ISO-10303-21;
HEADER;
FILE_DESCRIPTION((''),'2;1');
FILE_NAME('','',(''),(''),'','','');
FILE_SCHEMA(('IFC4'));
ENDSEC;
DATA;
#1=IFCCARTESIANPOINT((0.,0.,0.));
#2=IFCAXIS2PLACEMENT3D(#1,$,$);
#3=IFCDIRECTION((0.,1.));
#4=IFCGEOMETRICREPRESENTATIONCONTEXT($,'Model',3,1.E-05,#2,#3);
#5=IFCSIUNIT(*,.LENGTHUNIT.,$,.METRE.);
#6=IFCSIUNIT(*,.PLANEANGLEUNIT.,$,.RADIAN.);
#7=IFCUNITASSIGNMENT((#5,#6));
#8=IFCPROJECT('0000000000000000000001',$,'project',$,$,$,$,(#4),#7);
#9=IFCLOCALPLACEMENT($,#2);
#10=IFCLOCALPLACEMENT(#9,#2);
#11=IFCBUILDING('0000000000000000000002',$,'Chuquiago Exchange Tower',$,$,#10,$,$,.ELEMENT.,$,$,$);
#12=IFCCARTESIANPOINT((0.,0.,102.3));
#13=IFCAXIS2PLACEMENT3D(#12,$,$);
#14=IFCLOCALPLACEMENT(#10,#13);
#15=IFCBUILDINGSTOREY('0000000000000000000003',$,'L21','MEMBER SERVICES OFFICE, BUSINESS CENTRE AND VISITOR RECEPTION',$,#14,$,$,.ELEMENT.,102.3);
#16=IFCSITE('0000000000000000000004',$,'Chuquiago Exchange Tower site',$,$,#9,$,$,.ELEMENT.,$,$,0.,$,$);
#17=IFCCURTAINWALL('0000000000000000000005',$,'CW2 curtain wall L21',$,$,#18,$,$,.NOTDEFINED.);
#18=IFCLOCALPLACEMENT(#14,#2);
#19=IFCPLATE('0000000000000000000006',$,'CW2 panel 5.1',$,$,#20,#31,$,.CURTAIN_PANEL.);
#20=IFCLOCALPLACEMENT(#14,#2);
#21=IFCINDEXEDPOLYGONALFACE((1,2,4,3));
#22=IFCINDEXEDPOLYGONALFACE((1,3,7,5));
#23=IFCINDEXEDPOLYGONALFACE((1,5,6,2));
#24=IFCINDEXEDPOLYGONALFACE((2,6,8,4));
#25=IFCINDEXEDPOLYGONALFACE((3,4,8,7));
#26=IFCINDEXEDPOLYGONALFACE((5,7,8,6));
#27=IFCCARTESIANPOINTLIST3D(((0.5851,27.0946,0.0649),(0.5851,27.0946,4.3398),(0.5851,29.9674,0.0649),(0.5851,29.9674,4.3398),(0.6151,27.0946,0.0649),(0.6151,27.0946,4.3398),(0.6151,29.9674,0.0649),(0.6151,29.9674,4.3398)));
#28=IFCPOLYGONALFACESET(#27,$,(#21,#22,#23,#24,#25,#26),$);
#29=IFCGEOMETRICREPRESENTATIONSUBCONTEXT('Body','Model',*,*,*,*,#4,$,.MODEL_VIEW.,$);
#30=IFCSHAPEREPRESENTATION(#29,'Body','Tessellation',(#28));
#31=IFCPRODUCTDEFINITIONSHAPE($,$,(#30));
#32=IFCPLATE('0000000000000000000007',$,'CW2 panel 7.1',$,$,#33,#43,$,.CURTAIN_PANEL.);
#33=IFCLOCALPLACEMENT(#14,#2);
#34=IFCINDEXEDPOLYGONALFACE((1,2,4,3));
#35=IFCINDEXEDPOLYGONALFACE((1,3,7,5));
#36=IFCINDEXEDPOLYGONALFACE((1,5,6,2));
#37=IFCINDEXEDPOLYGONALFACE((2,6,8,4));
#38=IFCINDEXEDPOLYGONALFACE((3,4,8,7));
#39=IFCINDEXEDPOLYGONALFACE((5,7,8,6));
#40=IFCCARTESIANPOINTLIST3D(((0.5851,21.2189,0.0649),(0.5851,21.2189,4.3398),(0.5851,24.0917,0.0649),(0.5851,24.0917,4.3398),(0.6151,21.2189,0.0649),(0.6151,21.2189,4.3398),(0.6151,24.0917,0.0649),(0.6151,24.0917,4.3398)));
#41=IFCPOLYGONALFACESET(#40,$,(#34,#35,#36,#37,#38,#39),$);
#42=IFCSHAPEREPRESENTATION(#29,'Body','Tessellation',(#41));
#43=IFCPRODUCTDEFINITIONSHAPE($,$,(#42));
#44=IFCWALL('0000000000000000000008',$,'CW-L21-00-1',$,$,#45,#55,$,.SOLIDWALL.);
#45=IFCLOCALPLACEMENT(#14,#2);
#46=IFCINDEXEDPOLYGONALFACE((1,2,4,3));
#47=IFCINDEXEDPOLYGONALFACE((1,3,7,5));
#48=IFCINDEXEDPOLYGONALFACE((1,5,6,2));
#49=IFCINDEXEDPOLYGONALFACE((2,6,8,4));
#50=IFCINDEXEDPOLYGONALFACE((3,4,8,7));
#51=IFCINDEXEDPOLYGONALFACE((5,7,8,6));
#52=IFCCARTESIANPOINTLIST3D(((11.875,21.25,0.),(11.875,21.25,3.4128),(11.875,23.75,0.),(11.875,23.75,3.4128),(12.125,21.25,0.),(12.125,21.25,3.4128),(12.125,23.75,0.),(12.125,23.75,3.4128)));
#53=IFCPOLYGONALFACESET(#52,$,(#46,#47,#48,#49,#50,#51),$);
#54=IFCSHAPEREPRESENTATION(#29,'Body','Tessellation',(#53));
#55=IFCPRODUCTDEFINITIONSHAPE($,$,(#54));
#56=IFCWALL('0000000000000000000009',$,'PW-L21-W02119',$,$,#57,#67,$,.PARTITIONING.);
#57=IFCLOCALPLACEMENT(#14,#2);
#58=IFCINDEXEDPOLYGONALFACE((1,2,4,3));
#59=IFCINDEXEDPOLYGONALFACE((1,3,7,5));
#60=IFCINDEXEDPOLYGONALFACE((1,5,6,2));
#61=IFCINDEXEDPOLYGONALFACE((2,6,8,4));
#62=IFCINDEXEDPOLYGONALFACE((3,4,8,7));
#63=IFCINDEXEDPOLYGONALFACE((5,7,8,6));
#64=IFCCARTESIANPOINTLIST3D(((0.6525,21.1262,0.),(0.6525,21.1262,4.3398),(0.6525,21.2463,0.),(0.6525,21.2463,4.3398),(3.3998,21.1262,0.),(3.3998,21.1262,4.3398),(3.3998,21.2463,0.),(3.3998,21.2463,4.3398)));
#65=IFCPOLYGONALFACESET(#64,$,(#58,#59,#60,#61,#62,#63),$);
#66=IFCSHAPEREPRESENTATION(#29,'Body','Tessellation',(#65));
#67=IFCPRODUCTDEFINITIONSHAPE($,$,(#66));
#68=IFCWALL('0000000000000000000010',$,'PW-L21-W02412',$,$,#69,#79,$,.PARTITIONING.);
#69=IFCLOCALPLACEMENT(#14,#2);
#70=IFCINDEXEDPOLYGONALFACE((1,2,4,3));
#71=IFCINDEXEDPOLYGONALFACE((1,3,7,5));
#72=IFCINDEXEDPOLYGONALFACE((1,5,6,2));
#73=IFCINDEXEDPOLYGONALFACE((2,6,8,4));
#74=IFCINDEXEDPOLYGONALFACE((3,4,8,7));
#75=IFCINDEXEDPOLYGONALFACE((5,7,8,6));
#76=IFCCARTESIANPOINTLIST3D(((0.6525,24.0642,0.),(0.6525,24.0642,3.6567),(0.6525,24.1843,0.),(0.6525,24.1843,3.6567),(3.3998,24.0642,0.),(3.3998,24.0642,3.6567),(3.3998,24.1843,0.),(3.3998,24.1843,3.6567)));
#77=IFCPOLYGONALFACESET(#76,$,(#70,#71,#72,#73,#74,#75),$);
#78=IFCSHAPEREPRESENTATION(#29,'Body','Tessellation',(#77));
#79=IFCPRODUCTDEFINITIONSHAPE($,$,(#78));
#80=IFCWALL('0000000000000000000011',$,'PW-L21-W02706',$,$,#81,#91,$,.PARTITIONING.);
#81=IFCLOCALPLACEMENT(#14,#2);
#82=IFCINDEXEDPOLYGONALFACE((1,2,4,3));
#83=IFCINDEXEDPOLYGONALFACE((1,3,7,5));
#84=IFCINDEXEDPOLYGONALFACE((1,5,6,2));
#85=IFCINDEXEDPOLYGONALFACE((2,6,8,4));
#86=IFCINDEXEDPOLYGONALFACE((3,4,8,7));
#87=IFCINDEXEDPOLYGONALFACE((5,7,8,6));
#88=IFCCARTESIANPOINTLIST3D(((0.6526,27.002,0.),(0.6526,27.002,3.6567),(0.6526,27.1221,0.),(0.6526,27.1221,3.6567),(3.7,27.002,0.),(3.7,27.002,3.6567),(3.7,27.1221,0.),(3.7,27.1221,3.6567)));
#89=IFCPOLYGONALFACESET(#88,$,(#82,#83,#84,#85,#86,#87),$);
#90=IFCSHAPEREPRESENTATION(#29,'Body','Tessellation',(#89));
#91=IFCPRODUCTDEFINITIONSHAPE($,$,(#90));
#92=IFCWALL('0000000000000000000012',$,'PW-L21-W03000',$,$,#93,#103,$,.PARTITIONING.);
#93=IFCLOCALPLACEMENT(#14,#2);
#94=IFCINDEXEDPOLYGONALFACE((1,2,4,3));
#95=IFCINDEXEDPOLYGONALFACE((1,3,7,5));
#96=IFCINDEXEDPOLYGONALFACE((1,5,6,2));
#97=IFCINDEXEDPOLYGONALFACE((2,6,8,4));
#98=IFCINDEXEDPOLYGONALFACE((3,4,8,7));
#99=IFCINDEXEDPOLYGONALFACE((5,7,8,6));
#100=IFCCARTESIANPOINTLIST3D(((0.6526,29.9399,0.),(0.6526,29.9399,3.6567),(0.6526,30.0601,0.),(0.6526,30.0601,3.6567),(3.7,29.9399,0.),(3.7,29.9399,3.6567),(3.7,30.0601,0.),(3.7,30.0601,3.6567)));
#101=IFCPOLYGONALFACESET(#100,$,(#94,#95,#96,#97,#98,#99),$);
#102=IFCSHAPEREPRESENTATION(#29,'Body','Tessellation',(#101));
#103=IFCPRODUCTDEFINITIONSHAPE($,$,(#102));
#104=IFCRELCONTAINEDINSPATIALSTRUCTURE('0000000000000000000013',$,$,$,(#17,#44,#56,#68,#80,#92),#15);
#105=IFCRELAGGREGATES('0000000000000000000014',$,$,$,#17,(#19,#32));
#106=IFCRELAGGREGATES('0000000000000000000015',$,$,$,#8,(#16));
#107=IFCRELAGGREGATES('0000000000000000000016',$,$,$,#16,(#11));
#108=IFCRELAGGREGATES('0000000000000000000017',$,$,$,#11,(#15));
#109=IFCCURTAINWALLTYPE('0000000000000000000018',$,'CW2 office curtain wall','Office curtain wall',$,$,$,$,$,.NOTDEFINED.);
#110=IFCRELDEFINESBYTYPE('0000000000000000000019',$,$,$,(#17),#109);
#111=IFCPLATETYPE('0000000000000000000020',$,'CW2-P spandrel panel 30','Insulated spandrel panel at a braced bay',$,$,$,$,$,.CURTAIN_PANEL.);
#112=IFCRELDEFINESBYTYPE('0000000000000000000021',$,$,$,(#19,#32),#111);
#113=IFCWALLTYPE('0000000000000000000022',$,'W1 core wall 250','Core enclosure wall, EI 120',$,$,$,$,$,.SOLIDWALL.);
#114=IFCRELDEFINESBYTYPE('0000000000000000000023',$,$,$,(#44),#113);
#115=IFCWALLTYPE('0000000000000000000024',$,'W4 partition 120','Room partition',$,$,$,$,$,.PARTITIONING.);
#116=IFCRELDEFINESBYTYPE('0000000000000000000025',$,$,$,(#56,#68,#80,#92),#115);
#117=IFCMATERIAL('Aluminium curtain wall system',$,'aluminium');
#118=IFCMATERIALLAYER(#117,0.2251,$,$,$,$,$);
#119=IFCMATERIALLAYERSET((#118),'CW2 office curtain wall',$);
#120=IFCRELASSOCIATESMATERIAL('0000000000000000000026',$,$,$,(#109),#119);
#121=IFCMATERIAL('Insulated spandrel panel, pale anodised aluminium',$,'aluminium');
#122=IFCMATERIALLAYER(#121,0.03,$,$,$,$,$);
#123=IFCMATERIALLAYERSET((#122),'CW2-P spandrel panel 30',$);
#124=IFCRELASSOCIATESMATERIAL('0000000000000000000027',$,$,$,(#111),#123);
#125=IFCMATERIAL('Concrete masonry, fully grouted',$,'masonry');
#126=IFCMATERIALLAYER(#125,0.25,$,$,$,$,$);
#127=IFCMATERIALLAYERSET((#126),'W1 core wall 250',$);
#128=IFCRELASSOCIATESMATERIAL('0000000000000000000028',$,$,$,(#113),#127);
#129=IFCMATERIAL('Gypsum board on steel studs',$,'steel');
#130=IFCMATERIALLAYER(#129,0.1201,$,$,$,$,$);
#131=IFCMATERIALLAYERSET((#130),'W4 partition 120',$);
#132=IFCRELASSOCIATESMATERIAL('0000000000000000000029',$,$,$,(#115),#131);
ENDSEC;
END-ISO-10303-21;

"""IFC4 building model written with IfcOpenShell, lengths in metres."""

from ifc_helpers import new_model, si_unit, direction, frame, frame_2d, origin, origin_2d, place, context, subcontext, project, spatial, rectangle, extrude, material, layer, layer_set, type_object, element, aggregate, save


model = new_model("IFC4")

# Units and contexts
model_context = context("Model", 3, precision=1e-05, world=origin(), true_north=direction((0.0, 1.0)))
body_context = subcontext(model_context, "Body", "Model", "MODEL_VIEW")
ifc_project = project(units=[si_unit("LENGTHUNIT", "METRE"), si_unit("PLANEANGLEUNIT", "RADIAN")], contexts=[model_context])

# Site, building, storey
site_placement = place(None, origin())
site = spatial("IfcSite", under=ifc_project, at=site_placement, Name="Chuquiago Exchange Tower site", CompositionType="ELEMENT", RefElevation=0.0)
building_placement = place(site_placement, origin())
building = spatial("IfcBuilding", under=site, at=building_placement, Name="Chuquiago Exchange Tower", CompositionType="ELEMENT")
storey_placement = place(building_placement, frame((0.0, 0.0, 102.3)))
storey = spatial("IfcBuildingStorey", under=building, at=storey_placement, Name="L21", Description="MEMBER SERVICES OFFICE, BUSINESS CENTRE AND VISITOR RECEPTION", CompositionType="ELEMENT", Elevation=102.3)

# Curtain wall
ifc_material_1 = material(Name="Aluminium curtain wall system", Category="aluminium")
ifc_layer_1 = layer(ifc_material_1, 0.2251)
ifc_layer_set_1 = layer_set([ifc_layer_1], Name="CW2 office curtain wall")
curtain_wall_type = type_object("IfcCurtainWallType", Name="CW2 office curtain wall", Description="Office curtain wall", PredefinedType="NOTDEFINED", material=ifc_layer_set_1)
curtain_wall_placement = place(storey_placement, origin())
curtain_wall = element("IfcCurtainWall", 1, at=curtain_wall_placement, inside=storey, type_object=curtain_wall_type, Name="CW2 curtain wall L21", PredefinedType="NOTDEFINED")

# Plates
ifc_material_2 = material(Name="Insulated spandrel panel, pale anodised aluminium", Category="aluminium")
ifc_layer_2 = layer(ifc_material_2, 0.03)
ifc_layer_set_2 = layer_set([ifc_layer_2], Name="CW2-P spandrel panel 30")
plate_type_1 = type_object("IfcPlateType", Name="CW2-P spandrel panel 30", Description="Insulated spandrel panel at a braced bay", PredefinedType="CURTAIN_PANEL", material=ifc_layer_set_2)
plate_1_placement = place(storey_placement, frame((0.6001, 28.531, 0.0649), z_axis=(0.0, 0.0, 1.0), x_axis=(0.0, -1.0, 0.0)))
plate_1 = element("IfcPlate", 2, at=plate_1_placement, type_object=plate_type_1, Name="CW2 panel 5.1", PredefinedType="CURTAIN_PANEL", context=body_context, shape_type="SweptSolid", body=[
    extrude(rectangle(XDim=2.8728, YDim=0.03, at=origin_2d()), origin(), (0.0, 0.0, 1.0), 4.2749),
])
plate_2_placement = place(storey_placement, frame((0.6001, 22.6553, 0.0649), z_axis=(0.0, 0.0, 1.0), x_axis=(0.0, -1.0, 0.0)))
plate_2 = element("IfcPlate", 3, at=plate_2_placement, type_object=plate_type_1, Name="CW2 panel 7.1", PredefinedType="CURTAIN_PANEL", context=body_context, shape_type="SweptSolid", body=[
    extrude(rectangle(XDim=2.8728, YDim=0.03, at=origin_2d()), origin(), (0.0, 0.0, 1.0), 4.2749),
])
aggregate(curtain_wall, [plate_1, plate_2])

# Walls
ifc_material_3 = material(Name="Concrete masonry, fully grouted", Category="masonry")
ifc_layer_3 = layer(ifc_material_3, 0.25)
ifc_layer_set_3 = layer_set([ifc_layer_3], Name="W1 core wall 250")
wall_type_1 = type_object("IfcWallType", Name="W1 core wall 250", Description="Core enclosure wall, EI 120", PredefinedType="SOLIDWALL", material=ifc_layer_set_3)
wall_1_placement = place(storey_placement, frame((12.0, 21.25, 0.0), z_axis=(0.0, 0.0, 1.0), x_axis=(0.0, 1.0, 0.0)))
element("IfcWall", 4, at=wall_1_placement, inside=storey, type_object=wall_type_1, Name="CW-L21-00-1", PredefinedType="SOLIDWALL", context=body_context, shape_type="SweptSolid", body=[
    extrude(rectangle(XDim=2.5, YDim=0.25, at=frame_2d((1.25, 0.0))), origin(), (0.0, 0.0, 1.0), 3.4128),
])
ifc_material_4 = material(Name="Gypsum board on steel studs", Category="steel")
ifc_layer_4 = layer(ifc_material_4, 0.1201)
ifc_layer_set_4 = layer_set([ifc_layer_4], Name="W4 partition 120")
wall_type_2 = type_object("IfcWallType", Name="W4 partition 120", Description="Room partition", PredefinedType="PARTITIONING", material=ifc_layer_set_4)
wall_2_placement = place(storey_placement, frame((0.6526, 21.1863, 0.0), z_axis=(0.0, 0.0, 1.0), x_axis=(1.0, 0.0, 0.0)))
element("IfcWall", 5, at=wall_2_placement, inside=storey, type_object=wall_type_2, Name="PW-L21-W02119", PredefinedType="PARTITIONING", context=body_context, shape_type="SweptSolid", body=[
    extrude(rectangle(XDim=2.7473, YDim=0.1201, at=frame_2d((1.3735, 0.0))), origin(), (0.0, 0.0, 1.0), 4.3398),
])
wall_3_placement = place(storey_placement, frame((0.6526, 24.1243, 0.0), z_axis=(0.0, 0.0, 1.0), x_axis=(1.0, 0.0, 0.0)))
element("IfcWall", 6, at=wall_3_placement, inside=storey, type_object=wall_type_2, Name="PW-L21-W02412", PredefinedType="PARTITIONING", context=body_context, shape_type="SweptSolid", body=[
    extrude(rectangle(XDim=2.7473, YDim=0.1201, at=frame_2d((1.3735, 0.0))), origin(), (0.0, 0.0, 1.0), 3.6567),
])
for number, where, z_axis, x_axis, name in (
    (7, (0.6526, 27.062, 0.0), (0.0, 0.0, 1.0), (1.0, 0.0, 0.0), "PW-L21-W02706"),
    (8, (0.6526, 30.0, 0.0), (0.0, 0.0, 1.0), (1.0, 0.0, 0.0), "PW-L21-W03000"),
):
    element("IfcWall", number, at=place(storey_placement, frame(where, z_axis=z_axis, x_axis=x_axis)), inside=storey, type_object=wall_type_2, Name=name, PredefinedType="PARTITIONING", context=body_context, shape_type="SweptSolid", body=[
        extrude(rectangle(XDim=3.0474, YDim=0.1201, at=frame_2d((1.5237, 0.0))), origin(), (0.0, 0.0, 1.0), 3.6567),
    ])

save(model, "model.ifc")
